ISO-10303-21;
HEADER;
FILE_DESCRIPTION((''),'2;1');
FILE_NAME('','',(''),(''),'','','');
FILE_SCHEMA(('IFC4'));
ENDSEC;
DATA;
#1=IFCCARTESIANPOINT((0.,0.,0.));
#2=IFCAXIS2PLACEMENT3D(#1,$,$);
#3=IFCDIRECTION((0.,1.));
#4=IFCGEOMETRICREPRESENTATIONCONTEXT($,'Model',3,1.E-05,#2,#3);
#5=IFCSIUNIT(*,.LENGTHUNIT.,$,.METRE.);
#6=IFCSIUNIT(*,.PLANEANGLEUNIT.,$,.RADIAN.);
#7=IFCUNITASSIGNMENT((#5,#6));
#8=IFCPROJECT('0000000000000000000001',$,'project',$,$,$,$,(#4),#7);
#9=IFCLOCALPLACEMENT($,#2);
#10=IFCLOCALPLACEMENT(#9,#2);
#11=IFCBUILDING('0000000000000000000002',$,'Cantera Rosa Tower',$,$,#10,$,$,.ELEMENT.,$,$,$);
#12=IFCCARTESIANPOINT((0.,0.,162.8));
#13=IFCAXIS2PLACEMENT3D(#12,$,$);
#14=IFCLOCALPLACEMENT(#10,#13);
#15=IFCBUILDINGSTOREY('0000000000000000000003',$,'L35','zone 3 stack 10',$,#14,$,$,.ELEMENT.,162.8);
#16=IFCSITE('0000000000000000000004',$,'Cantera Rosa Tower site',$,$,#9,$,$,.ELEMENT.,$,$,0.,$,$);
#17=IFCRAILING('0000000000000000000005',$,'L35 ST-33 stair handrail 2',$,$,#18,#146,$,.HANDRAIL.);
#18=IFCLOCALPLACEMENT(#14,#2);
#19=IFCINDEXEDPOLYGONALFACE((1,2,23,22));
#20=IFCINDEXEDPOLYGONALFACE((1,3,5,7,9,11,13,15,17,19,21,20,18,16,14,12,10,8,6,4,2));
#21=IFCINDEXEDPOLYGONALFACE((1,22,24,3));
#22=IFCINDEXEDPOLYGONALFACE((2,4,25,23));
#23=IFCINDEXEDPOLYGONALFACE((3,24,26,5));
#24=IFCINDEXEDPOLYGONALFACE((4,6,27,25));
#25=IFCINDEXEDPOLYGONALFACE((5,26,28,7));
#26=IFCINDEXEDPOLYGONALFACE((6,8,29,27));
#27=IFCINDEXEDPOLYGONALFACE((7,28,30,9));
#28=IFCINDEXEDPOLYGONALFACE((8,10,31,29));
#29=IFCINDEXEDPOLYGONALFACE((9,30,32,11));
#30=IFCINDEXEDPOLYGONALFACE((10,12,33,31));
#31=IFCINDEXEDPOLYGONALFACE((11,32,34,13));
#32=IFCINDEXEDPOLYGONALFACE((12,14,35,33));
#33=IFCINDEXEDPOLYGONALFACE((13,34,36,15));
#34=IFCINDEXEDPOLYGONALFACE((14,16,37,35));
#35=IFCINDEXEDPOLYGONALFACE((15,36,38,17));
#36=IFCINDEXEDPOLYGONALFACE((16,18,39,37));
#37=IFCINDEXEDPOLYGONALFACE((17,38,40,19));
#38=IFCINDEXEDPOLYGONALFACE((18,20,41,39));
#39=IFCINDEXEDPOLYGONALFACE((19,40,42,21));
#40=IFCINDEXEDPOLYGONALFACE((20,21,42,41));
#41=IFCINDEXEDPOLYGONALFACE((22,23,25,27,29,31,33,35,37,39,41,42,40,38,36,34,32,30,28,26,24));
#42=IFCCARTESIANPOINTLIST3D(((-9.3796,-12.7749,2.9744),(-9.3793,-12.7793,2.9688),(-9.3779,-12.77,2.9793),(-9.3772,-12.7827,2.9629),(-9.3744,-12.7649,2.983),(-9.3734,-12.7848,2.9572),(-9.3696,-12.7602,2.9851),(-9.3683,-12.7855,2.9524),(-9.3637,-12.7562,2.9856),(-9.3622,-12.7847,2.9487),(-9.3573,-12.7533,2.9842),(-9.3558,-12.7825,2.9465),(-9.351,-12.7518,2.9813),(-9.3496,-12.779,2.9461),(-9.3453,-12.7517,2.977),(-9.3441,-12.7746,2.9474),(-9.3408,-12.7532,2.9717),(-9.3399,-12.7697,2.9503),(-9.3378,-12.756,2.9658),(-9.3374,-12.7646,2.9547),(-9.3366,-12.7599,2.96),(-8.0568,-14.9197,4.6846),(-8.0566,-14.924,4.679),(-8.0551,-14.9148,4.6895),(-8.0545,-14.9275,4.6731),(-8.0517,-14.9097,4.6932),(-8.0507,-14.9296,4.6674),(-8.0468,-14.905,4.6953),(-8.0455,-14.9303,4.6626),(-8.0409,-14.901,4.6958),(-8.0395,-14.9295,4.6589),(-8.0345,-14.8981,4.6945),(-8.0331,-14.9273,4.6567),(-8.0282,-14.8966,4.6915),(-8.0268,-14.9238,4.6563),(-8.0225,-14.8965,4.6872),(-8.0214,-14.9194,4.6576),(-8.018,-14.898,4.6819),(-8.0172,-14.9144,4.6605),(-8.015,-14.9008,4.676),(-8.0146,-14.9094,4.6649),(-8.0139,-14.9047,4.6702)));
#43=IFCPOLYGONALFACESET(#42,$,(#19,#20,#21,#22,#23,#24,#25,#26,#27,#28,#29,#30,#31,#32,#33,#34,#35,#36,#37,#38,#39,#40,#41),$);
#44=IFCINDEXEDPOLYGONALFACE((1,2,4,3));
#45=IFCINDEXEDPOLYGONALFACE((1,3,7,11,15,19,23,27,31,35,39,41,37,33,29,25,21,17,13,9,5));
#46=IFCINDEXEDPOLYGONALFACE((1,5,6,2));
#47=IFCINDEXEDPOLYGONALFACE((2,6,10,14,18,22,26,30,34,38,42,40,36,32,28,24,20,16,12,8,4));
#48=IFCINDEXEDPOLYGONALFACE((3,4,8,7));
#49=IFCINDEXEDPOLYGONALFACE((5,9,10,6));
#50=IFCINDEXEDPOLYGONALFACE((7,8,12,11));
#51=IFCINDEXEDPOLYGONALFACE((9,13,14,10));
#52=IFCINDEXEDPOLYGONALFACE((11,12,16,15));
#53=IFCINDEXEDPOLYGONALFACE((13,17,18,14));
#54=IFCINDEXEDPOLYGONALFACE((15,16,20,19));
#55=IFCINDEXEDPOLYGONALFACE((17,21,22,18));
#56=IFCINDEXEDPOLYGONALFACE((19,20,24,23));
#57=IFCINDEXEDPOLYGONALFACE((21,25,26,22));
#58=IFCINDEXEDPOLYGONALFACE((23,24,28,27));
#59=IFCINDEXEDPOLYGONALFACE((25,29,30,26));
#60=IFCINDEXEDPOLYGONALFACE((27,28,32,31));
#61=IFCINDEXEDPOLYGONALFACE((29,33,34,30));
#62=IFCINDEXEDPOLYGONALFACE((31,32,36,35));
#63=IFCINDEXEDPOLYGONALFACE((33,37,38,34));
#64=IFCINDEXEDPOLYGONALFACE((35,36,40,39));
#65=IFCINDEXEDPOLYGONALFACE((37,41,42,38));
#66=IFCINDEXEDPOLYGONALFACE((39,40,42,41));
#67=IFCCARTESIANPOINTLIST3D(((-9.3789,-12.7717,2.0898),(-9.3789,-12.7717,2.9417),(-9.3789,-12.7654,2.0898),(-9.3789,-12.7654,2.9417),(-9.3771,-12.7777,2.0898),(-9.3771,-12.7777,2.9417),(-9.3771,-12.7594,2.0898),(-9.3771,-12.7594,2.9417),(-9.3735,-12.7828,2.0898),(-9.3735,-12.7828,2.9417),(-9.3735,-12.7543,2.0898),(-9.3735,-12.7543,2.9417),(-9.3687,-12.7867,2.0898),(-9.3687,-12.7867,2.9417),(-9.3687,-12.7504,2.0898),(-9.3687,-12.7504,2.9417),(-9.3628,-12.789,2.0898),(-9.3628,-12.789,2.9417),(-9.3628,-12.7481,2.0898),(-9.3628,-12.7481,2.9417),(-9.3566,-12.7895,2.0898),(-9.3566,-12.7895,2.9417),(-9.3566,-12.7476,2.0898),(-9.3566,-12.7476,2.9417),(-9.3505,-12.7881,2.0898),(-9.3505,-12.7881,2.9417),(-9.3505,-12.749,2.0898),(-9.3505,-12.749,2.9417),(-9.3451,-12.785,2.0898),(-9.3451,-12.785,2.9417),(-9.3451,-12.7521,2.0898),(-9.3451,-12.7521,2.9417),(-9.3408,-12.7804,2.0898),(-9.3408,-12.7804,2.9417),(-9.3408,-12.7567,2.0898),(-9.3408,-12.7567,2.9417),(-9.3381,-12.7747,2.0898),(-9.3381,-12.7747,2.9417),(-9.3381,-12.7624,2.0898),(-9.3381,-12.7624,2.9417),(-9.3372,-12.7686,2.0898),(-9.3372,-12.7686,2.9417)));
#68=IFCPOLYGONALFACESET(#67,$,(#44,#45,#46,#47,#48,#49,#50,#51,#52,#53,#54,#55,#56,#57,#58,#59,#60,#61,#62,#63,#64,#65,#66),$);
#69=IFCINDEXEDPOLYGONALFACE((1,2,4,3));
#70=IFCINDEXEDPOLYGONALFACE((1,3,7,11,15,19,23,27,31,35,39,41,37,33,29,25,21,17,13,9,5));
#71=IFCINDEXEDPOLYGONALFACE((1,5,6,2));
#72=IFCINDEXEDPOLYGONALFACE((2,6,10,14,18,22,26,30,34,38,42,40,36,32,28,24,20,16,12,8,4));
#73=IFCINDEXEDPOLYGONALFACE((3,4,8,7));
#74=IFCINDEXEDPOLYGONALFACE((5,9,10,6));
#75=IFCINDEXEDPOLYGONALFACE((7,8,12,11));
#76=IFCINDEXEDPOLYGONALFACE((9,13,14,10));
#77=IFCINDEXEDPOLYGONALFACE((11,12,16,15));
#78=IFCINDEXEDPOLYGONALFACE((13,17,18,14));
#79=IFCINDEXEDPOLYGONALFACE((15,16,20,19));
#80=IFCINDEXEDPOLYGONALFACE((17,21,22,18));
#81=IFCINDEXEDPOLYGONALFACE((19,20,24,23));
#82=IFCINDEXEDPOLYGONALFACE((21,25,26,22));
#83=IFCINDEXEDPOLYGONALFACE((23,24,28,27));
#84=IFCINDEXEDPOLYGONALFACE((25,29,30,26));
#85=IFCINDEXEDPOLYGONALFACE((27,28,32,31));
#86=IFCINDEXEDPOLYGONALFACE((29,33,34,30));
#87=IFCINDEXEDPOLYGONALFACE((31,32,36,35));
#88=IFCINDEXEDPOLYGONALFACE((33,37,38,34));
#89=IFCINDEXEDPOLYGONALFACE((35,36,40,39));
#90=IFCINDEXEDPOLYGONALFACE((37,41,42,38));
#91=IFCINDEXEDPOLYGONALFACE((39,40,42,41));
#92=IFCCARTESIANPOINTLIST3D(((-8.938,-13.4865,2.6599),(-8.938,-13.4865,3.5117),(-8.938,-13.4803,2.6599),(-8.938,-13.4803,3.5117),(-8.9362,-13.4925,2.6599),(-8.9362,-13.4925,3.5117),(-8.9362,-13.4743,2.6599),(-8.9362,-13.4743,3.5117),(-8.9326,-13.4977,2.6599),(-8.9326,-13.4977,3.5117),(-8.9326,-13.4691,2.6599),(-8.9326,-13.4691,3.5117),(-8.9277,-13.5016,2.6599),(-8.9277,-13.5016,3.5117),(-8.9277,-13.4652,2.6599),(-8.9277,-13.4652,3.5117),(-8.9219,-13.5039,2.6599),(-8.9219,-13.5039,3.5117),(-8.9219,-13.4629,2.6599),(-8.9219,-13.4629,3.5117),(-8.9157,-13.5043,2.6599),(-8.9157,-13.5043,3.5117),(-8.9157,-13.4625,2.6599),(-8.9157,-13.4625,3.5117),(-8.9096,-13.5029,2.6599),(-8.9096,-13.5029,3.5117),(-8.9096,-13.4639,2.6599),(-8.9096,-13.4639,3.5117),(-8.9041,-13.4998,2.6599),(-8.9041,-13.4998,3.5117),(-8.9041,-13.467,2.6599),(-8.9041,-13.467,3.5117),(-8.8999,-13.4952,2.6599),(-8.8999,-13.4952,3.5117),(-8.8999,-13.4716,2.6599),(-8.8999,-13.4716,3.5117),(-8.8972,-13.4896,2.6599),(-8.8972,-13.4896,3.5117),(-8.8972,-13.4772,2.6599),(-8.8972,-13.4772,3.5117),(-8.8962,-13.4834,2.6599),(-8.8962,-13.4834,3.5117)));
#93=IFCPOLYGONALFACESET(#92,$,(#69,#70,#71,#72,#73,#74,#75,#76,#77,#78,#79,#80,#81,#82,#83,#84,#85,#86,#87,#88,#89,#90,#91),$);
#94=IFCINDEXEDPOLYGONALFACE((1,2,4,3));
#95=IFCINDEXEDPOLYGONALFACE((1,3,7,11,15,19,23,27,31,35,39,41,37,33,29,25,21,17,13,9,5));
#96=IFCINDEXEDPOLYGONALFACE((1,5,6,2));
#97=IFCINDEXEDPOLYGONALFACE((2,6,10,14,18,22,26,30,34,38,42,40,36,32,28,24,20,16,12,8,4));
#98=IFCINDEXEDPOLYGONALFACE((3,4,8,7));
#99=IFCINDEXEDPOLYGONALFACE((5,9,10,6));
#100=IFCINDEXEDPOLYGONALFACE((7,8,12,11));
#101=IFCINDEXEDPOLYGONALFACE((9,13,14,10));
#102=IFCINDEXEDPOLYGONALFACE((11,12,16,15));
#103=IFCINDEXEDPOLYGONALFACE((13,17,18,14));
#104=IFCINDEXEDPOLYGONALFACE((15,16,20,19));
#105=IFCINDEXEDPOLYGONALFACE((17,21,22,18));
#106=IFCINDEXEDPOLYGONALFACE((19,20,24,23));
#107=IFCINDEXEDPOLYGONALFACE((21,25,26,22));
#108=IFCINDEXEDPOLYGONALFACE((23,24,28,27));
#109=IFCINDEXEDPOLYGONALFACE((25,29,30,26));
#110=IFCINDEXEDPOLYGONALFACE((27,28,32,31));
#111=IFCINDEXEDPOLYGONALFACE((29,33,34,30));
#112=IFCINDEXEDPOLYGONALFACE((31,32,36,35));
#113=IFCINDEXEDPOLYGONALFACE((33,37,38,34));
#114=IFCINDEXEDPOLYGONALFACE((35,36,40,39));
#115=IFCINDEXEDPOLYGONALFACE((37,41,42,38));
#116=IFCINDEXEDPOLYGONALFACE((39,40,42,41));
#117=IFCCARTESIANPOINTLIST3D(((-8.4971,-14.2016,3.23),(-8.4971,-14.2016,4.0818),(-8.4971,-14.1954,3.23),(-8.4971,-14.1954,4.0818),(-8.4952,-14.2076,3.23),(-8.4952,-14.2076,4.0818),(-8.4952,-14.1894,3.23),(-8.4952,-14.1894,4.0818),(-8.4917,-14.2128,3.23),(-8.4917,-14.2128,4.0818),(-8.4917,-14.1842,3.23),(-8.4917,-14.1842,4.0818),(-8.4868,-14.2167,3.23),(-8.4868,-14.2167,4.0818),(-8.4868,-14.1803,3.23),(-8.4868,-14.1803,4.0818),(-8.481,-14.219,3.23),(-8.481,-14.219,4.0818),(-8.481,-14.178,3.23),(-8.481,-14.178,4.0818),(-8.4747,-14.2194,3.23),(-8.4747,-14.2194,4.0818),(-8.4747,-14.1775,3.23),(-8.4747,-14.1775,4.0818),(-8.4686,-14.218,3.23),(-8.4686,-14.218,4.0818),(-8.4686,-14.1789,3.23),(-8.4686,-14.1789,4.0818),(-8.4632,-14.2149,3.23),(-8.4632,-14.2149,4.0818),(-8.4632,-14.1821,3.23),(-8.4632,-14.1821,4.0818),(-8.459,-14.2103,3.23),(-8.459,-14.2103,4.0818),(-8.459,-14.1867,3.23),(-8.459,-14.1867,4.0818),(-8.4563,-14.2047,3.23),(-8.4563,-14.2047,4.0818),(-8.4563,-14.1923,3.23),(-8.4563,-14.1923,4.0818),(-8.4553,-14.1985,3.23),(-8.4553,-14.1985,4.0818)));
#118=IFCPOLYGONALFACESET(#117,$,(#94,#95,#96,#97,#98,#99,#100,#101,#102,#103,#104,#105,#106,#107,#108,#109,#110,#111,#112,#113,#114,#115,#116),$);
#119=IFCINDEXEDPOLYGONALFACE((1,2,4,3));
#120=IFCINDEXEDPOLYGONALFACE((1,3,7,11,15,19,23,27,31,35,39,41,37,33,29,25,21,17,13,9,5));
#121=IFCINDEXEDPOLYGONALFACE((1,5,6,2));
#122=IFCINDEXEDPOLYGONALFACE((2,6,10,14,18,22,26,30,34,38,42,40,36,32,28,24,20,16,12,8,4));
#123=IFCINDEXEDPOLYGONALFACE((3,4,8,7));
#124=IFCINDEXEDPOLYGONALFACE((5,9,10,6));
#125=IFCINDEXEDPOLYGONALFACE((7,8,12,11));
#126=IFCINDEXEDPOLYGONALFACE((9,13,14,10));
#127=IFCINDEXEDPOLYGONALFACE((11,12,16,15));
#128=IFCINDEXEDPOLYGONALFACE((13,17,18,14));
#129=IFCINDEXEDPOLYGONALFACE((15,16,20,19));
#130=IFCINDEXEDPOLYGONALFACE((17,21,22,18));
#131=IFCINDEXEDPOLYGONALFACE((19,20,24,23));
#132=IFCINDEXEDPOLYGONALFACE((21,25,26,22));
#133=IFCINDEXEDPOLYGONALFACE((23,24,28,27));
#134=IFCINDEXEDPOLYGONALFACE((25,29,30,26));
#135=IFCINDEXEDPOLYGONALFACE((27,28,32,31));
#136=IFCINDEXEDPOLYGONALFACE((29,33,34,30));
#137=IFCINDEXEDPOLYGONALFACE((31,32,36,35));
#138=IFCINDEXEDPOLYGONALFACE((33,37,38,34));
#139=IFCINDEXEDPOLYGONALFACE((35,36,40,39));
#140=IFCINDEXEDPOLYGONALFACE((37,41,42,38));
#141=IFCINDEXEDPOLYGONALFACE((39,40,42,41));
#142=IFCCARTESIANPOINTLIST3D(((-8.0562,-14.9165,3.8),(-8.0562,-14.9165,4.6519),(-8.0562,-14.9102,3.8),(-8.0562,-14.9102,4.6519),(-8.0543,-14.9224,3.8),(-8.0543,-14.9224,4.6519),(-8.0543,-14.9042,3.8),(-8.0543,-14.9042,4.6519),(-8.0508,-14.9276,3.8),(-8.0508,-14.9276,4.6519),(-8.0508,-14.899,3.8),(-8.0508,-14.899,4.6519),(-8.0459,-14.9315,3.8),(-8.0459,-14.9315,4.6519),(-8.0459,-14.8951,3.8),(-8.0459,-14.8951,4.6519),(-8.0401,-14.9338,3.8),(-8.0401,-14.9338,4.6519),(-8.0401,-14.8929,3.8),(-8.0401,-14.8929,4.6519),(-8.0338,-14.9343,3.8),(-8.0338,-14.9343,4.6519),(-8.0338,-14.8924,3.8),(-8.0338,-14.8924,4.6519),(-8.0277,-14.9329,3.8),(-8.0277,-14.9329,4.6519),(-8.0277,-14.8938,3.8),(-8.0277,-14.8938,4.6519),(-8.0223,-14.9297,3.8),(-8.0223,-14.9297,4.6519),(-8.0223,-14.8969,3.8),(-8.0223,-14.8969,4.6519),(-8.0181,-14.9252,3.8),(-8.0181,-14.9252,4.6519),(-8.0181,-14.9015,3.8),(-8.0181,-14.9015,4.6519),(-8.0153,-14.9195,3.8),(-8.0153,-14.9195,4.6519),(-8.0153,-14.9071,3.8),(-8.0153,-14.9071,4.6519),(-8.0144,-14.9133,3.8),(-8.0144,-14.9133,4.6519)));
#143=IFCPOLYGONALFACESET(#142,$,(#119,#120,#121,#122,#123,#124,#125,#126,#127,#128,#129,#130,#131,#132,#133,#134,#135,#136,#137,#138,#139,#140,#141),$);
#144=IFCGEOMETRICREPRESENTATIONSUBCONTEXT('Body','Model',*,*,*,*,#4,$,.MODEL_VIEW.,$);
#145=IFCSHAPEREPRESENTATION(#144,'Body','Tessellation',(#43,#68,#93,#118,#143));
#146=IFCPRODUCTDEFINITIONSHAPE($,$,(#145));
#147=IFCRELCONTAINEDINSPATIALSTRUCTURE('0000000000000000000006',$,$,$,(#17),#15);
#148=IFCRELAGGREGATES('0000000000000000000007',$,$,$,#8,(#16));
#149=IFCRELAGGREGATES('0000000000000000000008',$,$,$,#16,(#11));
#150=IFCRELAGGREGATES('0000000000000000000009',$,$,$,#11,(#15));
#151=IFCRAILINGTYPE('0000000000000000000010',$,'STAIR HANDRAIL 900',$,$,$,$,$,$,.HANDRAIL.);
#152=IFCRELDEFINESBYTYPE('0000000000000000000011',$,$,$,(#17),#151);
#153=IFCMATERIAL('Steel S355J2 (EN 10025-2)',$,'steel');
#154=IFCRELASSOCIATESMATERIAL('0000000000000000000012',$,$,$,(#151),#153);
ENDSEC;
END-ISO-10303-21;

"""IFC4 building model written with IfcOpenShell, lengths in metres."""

from ifc_helpers import new_model, si_unit, direction, frame, origin, origin_2d, place, context, subcontext, project, spatial, circle, extrude, material, type_object, element, save


model = new_model("IFC4")

# Units and contexts
model_context = context("Model", 3, precision=1e-05, world=origin(), true_north=direction((0.0, 1.0)))
body_context = subcontext(model_context, "Body", "Model", "MODEL_VIEW")
ifc_project = project(units=[si_unit("LENGTHUNIT", "METRE"), si_unit("PLANEANGLEUNIT", "RADIAN")], contexts=[model_context])

# Site, building, storey
site_placement = place(None, origin())
site = spatial("IfcSite", under=ifc_project, at=site_placement, Name="Cantera Rosa Tower site", CompositionType="ELEMENT", RefElevation=0.0)
building_placement = place(site_placement, origin())
building = spatial("IfcBuilding", under=site, at=building_placement, Name="Cantera Rosa Tower", CompositionType="ELEMENT")
storey_placement = place(building_placement, frame((0.0, 0.0, 162.8)))
storey = spatial("IfcBuildingStorey", under=building, at=storey_placement, Name="L35", Description="zone 3 stack 10", CompositionType="ELEMENT", Elevation=162.8)

# Railing
ifc_material_1 = material(Name="Steel S355J2 (EN 10025-2)", Category="steel")
railing_type_1 = type_object("IfcRailingType", Name="STAIR HANDRAIL 900", PredefinedType="HANDRAIL", material=ifc_material_1)
railing_1_placement = place(storey_placement, frame((-9.3582, -12.7686, 2.0898)))
element("IfcRailing", 1, at=railing_1_placement, inside=storey, type_object=railing_type_1, Name="L35 ST-33 stair handrail 2", PredefinedType="HANDRAIL", context=body_context, shape_type="SweptSolid", body=[
    extrude(circle(Radius=0.0239, at=origin_2d()), frame((0.0, 0.0, 0.876), z_axis=(0.434343, -0.704264, 0.561568), x_axis=(0.851146, 0.52493, 0.0)), (0.0, 0.0, 1.0), 3.0454),
    extrude(circle(Radius=0.021, at=origin_2d()), origin(), (0.0, 0.0, 1.0), 0.8518),
    extrude(circle(Radius=0.021, at=origin_2d()), frame((0.4409, -0.7148, 0.5701)), (0.0, 0.0, 1.0), 0.8518),
    extrude(circle(Radius=0.021, at=origin_2d()), frame((0.8818, -1.4299, 1.1401)), (0.0, 0.0, 1.0), 0.8518),
    extrude(circle(Radius=0.021, at=origin_2d()), frame((1.3228, -2.1448, 1.7102)), (0.0, 0.0, 1.0), 0.8518),
])

save(model, "model.ifc")
